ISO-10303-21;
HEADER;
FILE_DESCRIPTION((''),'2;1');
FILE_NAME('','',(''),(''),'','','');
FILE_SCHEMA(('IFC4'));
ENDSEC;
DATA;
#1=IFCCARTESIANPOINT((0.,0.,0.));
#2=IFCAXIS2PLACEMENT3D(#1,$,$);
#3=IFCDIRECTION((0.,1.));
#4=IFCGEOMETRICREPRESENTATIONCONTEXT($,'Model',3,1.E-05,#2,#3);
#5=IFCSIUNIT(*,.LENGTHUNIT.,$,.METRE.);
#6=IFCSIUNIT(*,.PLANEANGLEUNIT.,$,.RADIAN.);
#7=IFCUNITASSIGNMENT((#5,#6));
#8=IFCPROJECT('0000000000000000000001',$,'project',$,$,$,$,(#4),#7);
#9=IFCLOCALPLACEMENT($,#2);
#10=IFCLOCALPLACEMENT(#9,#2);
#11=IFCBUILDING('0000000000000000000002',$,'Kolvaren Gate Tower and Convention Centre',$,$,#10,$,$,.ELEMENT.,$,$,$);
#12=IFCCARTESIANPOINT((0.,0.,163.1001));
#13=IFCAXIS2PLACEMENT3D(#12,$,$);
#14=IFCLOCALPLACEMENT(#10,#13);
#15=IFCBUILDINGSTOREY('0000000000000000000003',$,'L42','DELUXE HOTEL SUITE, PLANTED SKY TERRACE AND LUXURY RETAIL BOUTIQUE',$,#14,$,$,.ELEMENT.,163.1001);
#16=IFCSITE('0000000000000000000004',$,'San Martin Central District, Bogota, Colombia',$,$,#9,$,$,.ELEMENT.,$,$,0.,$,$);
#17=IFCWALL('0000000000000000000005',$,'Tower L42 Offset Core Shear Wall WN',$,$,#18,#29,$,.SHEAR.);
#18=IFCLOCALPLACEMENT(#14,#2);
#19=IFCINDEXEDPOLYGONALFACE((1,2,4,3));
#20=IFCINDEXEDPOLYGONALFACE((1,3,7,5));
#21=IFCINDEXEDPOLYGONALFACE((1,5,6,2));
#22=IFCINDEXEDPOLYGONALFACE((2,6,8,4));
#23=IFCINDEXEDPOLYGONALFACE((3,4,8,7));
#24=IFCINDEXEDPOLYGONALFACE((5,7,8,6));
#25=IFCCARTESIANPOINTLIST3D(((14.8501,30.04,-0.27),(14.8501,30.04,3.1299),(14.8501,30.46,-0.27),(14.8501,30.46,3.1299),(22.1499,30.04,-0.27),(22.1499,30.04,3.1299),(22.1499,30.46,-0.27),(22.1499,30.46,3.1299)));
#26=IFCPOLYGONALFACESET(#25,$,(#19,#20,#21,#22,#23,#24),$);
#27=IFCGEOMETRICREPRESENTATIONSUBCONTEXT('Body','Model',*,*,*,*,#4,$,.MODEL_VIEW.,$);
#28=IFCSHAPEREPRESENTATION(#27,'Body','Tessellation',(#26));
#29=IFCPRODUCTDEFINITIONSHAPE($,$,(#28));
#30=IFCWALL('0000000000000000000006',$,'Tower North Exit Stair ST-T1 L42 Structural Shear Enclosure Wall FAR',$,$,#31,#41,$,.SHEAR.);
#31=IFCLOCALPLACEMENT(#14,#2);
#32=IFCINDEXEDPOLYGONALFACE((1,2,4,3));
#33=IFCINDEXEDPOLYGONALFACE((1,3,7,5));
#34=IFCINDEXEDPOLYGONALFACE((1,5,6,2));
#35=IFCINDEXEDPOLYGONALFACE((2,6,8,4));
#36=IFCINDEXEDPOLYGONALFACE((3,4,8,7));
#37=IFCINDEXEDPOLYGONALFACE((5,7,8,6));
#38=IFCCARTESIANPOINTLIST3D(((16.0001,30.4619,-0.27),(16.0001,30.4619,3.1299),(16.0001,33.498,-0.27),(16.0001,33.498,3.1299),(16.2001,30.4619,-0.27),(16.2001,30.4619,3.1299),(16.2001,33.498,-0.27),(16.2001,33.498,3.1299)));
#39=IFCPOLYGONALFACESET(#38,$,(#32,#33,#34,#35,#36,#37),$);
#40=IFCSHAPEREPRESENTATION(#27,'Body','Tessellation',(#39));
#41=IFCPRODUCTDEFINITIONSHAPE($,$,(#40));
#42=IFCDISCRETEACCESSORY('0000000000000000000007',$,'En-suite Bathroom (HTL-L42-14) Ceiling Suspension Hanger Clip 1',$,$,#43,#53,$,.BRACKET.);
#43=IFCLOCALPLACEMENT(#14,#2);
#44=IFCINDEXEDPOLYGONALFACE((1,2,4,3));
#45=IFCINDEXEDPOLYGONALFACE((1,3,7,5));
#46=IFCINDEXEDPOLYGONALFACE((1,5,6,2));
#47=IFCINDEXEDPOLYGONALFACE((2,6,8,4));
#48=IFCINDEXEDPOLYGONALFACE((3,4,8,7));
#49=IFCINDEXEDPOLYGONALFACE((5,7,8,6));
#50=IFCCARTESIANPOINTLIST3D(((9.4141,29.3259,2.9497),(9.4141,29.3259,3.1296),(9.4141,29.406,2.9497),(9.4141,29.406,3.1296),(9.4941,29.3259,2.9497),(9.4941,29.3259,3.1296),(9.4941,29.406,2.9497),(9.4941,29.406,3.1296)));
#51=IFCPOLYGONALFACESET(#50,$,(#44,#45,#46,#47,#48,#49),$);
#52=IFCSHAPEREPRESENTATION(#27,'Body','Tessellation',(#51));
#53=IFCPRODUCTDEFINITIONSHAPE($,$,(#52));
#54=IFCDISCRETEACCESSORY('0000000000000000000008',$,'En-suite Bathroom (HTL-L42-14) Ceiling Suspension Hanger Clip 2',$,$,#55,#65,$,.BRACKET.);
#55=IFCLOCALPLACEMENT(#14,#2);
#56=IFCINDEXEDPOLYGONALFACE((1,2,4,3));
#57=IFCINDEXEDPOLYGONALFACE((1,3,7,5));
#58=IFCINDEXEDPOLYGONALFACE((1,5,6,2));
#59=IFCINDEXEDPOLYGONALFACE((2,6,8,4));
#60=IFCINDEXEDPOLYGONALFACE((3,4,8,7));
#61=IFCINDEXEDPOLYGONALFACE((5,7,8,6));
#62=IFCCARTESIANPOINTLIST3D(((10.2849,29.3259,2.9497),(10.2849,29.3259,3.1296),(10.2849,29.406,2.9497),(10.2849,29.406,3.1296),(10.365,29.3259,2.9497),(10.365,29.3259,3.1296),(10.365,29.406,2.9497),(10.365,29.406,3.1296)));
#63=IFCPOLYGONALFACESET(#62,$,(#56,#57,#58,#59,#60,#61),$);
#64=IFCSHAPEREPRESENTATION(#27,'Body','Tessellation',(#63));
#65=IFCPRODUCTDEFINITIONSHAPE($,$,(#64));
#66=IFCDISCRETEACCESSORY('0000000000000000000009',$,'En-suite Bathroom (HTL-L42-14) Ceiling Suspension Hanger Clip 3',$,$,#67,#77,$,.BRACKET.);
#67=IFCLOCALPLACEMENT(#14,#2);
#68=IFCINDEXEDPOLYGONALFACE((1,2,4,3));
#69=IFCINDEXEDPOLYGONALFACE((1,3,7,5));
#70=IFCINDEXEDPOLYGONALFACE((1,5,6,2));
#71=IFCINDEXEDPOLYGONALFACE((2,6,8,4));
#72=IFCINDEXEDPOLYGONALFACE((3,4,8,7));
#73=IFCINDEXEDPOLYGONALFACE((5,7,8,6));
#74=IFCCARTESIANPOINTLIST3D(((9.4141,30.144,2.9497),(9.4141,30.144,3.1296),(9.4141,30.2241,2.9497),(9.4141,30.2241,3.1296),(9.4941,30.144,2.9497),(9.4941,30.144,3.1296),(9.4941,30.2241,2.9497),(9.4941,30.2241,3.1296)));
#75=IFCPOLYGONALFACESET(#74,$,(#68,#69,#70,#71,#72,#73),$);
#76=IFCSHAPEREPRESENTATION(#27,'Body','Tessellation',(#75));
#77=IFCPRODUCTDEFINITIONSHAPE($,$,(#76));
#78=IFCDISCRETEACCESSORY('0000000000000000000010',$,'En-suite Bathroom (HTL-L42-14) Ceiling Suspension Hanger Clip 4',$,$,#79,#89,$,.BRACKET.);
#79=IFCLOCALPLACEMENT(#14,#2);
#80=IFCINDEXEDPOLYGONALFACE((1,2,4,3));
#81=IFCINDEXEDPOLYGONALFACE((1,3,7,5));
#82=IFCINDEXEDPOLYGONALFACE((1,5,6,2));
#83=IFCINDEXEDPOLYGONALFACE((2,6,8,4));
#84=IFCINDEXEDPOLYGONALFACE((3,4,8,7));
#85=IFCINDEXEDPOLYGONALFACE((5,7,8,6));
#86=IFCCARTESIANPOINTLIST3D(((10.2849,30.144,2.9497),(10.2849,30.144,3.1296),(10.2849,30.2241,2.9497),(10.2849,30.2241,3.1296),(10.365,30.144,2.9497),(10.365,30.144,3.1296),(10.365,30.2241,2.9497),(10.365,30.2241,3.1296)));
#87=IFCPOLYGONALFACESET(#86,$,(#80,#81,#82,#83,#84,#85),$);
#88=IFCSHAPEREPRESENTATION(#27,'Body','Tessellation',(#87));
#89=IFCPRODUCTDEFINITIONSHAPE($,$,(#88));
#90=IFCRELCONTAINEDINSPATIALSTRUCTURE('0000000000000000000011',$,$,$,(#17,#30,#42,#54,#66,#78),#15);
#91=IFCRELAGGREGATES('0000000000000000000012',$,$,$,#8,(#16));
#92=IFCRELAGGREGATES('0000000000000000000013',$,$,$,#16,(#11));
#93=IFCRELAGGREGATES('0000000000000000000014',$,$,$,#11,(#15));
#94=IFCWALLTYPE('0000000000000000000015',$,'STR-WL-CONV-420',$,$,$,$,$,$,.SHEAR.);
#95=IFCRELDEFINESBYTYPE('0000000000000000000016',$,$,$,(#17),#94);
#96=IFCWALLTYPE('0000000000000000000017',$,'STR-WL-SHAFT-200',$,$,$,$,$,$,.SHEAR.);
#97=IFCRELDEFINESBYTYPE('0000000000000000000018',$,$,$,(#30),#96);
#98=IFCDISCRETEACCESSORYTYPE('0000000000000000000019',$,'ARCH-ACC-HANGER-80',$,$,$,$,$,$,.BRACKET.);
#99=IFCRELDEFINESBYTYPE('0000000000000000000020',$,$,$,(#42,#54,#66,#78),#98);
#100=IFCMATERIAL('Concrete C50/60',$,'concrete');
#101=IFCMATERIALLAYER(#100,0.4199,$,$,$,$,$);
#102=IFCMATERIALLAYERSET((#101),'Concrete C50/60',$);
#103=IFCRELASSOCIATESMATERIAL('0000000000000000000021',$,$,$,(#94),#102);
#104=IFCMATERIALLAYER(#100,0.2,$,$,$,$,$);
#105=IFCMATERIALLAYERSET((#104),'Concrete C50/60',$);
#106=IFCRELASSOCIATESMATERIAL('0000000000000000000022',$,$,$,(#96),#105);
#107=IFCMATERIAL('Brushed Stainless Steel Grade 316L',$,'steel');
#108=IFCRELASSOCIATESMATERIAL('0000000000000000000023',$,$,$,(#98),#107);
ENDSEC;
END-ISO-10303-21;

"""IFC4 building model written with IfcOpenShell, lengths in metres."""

from ifc_helpers import new_model, si_unit, direction, frame, frame_2d, origin, origin_2d, place, context, subcontext, project, spatial, rectangle, extrude, material, layer, layer_set, type_object, element, save


model = new_model("IFC4")

# Units and contexts
model_context = context("Model", 3, precision=1e-05, world=origin(), true_north=direction((0.0, 1.0)))
body_context = subcontext(model_context, "Body", "Model", "MODEL_VIEW")
ifc_project = project(units=[si_unit("LENGTHUNIT", "METRE"), si_unit("PLANEANGLEUNIT", "RADIAN")], contexts=[model_context])

# Site, building, storey
site_placement = place(None, origin())
site = spatial("IfcSite", under=ifc_project, at=site_placement, Name="San Martin Central District, Bogota, Colombia", CompositionType="ELEMENT", RefElevation=0.0)
building_placement = place(site_placement, origin())
building = spatial("IfcBuilding", under=site, at=building_placement, Name="Kolvaren Gate Tower and Convention Centre", CompositionType="ELEMENT")
storey_placement = place(building_placement, frame((0.0, 0.0, 163.1001)))
storey = spatial("IfcBuildingStorey", under=building, at=storey_placement, Name="L42", Description="DELUXE HOTEL SUITE, PLANTED SKY TERRACE AND LUXURY RETAIL BOUTIQUE", CompositionType="ELEMENT", Elevation=163.1001)

# Walls
ifc_material_1 = material(Name="Concrete C50/60", Category="concrete")
ifc_layer_1 = layer(ifc_material_1, 0.4199)
ifc_layer_set_1 = layer_set([ifc_layer_1], Name="Concrete C50/60")
wall_type_1 = type_object("IfcWallType", Name="STR-WL-CONV-420", PredefinedType="SHEAR", material=ifc_layer_set_1)
wall_1_placement = place(storey_placement, frame((14.8501, 30.25, -0.27), z_axis=(0.0, 0.0, 1.0), x_axis=(1.0, 0.0, 0.0)))
element("IfcWall", 1, at=wall_1_placement, inside=storey, type_object=wall_type_1, Name="Tower L42 Offset Core Shear Wall WN", PredefinedType="SHEAR", context=body_context, shape_type="SweptSolid", body=[
    extrude(rectangle(XDim=7.2998, YDim=0.4199, at=frame_2d((3.6499, 0.0))), origin(), (0.0, 0.0, 1.0), 3.3999),
])
ifc_layer_2 = layer(ifc_material_1, 0.2)
ifc_layer_set_2 = layer_set([ifc_layer_2], Name="Concrete C50/60")
wall_type_2 = type_object("IfcWallType", Name="STR-WL-SHAFT-200", PredefinedType="SHEAR", material=ifc_layer_set_2)
wall_2_placement = place(storey_placement, frame((16.1001, 30.4619, -0.27), z_axis=(0.0, 0.0, 1.0), x_axis=(0.0, 1.0, 0.0)))
element("IfcWall", 2, at=wall_2_placement, inside=storey, type_object=wall_type_2, Name="Tower North Exit Stair ST-T1 L42 Structural Shear Enclosure Wall FAR", PredefinedType="SHEAR", context=body_context, shape_type="SweptSolid", body=[
    extrude(rectangle(XDim=3.0361, YDim=0.2, at=frame_2d((1.5181, 0.0))), origin(), (0.0, 0.0, 1.0), 3.3999),
])

# Discrete accessories
ifc_material_2 = material(Name="Brushed Stainless Steel Grade 316L", Category="steel")
discrete_accessory_type = type_object("IfcDiscreteAccessoryType", Name="ARCH-ACC-HANGER-80", PredefinedType="BRACKET", material=ifc_material_2)
for number, where, z_axis, x_axis, name in (
    (3, (9.4541, 29.366, 2.9497), (0.0, 0.0, 1.0), (1.0, 0.0, 0.0), "En-suite Bathroom (HTL-L42-14) Ceiling Suspension Hanger Clip 1"),
    (4, (10.325, 29.366, 2.9497), (0.0, 0.0, 1.0), (1.0, 0.0, 0.0), "En-suite Bathroom (HTL-L42-14) Ceiling Suspension Hanger Clip 2"),
    (5, (9.4541, 30.1841, 2.9497), (0.0, 0.0, 1.0), (1.0, 0.0, 0.0), "En-suite Bathroom (HTL-L42-14) Ceiling Suspension Hanger Clip 3"),
    (6, (10.325, 30.1841, 2.9497), (0.0, 0.0, 1.0), (1.0, 0.0, 0.0), "En-suite Bathroom (HTL-L42-14) Ceiling Suspension Hanger Clip 4"),
):
    element("IfcDiscreteAccessory", number, at=place(storey_placement, frame(where, z_axis=z_axis, x_axis=x_axis)), inside=storey, type_object=discrete_accessory_type, Name=name, PredefinedType="BRACKET", context=body_context, shape_type="SweptSolid", body=[
        extrude(rectangle(XDim=0.0801, YDim=0.0801, at=origin_2d()), origin(), (0.0, 0.0, 1.0), 0.1799),
    ])

save(model, "model.ifc")
